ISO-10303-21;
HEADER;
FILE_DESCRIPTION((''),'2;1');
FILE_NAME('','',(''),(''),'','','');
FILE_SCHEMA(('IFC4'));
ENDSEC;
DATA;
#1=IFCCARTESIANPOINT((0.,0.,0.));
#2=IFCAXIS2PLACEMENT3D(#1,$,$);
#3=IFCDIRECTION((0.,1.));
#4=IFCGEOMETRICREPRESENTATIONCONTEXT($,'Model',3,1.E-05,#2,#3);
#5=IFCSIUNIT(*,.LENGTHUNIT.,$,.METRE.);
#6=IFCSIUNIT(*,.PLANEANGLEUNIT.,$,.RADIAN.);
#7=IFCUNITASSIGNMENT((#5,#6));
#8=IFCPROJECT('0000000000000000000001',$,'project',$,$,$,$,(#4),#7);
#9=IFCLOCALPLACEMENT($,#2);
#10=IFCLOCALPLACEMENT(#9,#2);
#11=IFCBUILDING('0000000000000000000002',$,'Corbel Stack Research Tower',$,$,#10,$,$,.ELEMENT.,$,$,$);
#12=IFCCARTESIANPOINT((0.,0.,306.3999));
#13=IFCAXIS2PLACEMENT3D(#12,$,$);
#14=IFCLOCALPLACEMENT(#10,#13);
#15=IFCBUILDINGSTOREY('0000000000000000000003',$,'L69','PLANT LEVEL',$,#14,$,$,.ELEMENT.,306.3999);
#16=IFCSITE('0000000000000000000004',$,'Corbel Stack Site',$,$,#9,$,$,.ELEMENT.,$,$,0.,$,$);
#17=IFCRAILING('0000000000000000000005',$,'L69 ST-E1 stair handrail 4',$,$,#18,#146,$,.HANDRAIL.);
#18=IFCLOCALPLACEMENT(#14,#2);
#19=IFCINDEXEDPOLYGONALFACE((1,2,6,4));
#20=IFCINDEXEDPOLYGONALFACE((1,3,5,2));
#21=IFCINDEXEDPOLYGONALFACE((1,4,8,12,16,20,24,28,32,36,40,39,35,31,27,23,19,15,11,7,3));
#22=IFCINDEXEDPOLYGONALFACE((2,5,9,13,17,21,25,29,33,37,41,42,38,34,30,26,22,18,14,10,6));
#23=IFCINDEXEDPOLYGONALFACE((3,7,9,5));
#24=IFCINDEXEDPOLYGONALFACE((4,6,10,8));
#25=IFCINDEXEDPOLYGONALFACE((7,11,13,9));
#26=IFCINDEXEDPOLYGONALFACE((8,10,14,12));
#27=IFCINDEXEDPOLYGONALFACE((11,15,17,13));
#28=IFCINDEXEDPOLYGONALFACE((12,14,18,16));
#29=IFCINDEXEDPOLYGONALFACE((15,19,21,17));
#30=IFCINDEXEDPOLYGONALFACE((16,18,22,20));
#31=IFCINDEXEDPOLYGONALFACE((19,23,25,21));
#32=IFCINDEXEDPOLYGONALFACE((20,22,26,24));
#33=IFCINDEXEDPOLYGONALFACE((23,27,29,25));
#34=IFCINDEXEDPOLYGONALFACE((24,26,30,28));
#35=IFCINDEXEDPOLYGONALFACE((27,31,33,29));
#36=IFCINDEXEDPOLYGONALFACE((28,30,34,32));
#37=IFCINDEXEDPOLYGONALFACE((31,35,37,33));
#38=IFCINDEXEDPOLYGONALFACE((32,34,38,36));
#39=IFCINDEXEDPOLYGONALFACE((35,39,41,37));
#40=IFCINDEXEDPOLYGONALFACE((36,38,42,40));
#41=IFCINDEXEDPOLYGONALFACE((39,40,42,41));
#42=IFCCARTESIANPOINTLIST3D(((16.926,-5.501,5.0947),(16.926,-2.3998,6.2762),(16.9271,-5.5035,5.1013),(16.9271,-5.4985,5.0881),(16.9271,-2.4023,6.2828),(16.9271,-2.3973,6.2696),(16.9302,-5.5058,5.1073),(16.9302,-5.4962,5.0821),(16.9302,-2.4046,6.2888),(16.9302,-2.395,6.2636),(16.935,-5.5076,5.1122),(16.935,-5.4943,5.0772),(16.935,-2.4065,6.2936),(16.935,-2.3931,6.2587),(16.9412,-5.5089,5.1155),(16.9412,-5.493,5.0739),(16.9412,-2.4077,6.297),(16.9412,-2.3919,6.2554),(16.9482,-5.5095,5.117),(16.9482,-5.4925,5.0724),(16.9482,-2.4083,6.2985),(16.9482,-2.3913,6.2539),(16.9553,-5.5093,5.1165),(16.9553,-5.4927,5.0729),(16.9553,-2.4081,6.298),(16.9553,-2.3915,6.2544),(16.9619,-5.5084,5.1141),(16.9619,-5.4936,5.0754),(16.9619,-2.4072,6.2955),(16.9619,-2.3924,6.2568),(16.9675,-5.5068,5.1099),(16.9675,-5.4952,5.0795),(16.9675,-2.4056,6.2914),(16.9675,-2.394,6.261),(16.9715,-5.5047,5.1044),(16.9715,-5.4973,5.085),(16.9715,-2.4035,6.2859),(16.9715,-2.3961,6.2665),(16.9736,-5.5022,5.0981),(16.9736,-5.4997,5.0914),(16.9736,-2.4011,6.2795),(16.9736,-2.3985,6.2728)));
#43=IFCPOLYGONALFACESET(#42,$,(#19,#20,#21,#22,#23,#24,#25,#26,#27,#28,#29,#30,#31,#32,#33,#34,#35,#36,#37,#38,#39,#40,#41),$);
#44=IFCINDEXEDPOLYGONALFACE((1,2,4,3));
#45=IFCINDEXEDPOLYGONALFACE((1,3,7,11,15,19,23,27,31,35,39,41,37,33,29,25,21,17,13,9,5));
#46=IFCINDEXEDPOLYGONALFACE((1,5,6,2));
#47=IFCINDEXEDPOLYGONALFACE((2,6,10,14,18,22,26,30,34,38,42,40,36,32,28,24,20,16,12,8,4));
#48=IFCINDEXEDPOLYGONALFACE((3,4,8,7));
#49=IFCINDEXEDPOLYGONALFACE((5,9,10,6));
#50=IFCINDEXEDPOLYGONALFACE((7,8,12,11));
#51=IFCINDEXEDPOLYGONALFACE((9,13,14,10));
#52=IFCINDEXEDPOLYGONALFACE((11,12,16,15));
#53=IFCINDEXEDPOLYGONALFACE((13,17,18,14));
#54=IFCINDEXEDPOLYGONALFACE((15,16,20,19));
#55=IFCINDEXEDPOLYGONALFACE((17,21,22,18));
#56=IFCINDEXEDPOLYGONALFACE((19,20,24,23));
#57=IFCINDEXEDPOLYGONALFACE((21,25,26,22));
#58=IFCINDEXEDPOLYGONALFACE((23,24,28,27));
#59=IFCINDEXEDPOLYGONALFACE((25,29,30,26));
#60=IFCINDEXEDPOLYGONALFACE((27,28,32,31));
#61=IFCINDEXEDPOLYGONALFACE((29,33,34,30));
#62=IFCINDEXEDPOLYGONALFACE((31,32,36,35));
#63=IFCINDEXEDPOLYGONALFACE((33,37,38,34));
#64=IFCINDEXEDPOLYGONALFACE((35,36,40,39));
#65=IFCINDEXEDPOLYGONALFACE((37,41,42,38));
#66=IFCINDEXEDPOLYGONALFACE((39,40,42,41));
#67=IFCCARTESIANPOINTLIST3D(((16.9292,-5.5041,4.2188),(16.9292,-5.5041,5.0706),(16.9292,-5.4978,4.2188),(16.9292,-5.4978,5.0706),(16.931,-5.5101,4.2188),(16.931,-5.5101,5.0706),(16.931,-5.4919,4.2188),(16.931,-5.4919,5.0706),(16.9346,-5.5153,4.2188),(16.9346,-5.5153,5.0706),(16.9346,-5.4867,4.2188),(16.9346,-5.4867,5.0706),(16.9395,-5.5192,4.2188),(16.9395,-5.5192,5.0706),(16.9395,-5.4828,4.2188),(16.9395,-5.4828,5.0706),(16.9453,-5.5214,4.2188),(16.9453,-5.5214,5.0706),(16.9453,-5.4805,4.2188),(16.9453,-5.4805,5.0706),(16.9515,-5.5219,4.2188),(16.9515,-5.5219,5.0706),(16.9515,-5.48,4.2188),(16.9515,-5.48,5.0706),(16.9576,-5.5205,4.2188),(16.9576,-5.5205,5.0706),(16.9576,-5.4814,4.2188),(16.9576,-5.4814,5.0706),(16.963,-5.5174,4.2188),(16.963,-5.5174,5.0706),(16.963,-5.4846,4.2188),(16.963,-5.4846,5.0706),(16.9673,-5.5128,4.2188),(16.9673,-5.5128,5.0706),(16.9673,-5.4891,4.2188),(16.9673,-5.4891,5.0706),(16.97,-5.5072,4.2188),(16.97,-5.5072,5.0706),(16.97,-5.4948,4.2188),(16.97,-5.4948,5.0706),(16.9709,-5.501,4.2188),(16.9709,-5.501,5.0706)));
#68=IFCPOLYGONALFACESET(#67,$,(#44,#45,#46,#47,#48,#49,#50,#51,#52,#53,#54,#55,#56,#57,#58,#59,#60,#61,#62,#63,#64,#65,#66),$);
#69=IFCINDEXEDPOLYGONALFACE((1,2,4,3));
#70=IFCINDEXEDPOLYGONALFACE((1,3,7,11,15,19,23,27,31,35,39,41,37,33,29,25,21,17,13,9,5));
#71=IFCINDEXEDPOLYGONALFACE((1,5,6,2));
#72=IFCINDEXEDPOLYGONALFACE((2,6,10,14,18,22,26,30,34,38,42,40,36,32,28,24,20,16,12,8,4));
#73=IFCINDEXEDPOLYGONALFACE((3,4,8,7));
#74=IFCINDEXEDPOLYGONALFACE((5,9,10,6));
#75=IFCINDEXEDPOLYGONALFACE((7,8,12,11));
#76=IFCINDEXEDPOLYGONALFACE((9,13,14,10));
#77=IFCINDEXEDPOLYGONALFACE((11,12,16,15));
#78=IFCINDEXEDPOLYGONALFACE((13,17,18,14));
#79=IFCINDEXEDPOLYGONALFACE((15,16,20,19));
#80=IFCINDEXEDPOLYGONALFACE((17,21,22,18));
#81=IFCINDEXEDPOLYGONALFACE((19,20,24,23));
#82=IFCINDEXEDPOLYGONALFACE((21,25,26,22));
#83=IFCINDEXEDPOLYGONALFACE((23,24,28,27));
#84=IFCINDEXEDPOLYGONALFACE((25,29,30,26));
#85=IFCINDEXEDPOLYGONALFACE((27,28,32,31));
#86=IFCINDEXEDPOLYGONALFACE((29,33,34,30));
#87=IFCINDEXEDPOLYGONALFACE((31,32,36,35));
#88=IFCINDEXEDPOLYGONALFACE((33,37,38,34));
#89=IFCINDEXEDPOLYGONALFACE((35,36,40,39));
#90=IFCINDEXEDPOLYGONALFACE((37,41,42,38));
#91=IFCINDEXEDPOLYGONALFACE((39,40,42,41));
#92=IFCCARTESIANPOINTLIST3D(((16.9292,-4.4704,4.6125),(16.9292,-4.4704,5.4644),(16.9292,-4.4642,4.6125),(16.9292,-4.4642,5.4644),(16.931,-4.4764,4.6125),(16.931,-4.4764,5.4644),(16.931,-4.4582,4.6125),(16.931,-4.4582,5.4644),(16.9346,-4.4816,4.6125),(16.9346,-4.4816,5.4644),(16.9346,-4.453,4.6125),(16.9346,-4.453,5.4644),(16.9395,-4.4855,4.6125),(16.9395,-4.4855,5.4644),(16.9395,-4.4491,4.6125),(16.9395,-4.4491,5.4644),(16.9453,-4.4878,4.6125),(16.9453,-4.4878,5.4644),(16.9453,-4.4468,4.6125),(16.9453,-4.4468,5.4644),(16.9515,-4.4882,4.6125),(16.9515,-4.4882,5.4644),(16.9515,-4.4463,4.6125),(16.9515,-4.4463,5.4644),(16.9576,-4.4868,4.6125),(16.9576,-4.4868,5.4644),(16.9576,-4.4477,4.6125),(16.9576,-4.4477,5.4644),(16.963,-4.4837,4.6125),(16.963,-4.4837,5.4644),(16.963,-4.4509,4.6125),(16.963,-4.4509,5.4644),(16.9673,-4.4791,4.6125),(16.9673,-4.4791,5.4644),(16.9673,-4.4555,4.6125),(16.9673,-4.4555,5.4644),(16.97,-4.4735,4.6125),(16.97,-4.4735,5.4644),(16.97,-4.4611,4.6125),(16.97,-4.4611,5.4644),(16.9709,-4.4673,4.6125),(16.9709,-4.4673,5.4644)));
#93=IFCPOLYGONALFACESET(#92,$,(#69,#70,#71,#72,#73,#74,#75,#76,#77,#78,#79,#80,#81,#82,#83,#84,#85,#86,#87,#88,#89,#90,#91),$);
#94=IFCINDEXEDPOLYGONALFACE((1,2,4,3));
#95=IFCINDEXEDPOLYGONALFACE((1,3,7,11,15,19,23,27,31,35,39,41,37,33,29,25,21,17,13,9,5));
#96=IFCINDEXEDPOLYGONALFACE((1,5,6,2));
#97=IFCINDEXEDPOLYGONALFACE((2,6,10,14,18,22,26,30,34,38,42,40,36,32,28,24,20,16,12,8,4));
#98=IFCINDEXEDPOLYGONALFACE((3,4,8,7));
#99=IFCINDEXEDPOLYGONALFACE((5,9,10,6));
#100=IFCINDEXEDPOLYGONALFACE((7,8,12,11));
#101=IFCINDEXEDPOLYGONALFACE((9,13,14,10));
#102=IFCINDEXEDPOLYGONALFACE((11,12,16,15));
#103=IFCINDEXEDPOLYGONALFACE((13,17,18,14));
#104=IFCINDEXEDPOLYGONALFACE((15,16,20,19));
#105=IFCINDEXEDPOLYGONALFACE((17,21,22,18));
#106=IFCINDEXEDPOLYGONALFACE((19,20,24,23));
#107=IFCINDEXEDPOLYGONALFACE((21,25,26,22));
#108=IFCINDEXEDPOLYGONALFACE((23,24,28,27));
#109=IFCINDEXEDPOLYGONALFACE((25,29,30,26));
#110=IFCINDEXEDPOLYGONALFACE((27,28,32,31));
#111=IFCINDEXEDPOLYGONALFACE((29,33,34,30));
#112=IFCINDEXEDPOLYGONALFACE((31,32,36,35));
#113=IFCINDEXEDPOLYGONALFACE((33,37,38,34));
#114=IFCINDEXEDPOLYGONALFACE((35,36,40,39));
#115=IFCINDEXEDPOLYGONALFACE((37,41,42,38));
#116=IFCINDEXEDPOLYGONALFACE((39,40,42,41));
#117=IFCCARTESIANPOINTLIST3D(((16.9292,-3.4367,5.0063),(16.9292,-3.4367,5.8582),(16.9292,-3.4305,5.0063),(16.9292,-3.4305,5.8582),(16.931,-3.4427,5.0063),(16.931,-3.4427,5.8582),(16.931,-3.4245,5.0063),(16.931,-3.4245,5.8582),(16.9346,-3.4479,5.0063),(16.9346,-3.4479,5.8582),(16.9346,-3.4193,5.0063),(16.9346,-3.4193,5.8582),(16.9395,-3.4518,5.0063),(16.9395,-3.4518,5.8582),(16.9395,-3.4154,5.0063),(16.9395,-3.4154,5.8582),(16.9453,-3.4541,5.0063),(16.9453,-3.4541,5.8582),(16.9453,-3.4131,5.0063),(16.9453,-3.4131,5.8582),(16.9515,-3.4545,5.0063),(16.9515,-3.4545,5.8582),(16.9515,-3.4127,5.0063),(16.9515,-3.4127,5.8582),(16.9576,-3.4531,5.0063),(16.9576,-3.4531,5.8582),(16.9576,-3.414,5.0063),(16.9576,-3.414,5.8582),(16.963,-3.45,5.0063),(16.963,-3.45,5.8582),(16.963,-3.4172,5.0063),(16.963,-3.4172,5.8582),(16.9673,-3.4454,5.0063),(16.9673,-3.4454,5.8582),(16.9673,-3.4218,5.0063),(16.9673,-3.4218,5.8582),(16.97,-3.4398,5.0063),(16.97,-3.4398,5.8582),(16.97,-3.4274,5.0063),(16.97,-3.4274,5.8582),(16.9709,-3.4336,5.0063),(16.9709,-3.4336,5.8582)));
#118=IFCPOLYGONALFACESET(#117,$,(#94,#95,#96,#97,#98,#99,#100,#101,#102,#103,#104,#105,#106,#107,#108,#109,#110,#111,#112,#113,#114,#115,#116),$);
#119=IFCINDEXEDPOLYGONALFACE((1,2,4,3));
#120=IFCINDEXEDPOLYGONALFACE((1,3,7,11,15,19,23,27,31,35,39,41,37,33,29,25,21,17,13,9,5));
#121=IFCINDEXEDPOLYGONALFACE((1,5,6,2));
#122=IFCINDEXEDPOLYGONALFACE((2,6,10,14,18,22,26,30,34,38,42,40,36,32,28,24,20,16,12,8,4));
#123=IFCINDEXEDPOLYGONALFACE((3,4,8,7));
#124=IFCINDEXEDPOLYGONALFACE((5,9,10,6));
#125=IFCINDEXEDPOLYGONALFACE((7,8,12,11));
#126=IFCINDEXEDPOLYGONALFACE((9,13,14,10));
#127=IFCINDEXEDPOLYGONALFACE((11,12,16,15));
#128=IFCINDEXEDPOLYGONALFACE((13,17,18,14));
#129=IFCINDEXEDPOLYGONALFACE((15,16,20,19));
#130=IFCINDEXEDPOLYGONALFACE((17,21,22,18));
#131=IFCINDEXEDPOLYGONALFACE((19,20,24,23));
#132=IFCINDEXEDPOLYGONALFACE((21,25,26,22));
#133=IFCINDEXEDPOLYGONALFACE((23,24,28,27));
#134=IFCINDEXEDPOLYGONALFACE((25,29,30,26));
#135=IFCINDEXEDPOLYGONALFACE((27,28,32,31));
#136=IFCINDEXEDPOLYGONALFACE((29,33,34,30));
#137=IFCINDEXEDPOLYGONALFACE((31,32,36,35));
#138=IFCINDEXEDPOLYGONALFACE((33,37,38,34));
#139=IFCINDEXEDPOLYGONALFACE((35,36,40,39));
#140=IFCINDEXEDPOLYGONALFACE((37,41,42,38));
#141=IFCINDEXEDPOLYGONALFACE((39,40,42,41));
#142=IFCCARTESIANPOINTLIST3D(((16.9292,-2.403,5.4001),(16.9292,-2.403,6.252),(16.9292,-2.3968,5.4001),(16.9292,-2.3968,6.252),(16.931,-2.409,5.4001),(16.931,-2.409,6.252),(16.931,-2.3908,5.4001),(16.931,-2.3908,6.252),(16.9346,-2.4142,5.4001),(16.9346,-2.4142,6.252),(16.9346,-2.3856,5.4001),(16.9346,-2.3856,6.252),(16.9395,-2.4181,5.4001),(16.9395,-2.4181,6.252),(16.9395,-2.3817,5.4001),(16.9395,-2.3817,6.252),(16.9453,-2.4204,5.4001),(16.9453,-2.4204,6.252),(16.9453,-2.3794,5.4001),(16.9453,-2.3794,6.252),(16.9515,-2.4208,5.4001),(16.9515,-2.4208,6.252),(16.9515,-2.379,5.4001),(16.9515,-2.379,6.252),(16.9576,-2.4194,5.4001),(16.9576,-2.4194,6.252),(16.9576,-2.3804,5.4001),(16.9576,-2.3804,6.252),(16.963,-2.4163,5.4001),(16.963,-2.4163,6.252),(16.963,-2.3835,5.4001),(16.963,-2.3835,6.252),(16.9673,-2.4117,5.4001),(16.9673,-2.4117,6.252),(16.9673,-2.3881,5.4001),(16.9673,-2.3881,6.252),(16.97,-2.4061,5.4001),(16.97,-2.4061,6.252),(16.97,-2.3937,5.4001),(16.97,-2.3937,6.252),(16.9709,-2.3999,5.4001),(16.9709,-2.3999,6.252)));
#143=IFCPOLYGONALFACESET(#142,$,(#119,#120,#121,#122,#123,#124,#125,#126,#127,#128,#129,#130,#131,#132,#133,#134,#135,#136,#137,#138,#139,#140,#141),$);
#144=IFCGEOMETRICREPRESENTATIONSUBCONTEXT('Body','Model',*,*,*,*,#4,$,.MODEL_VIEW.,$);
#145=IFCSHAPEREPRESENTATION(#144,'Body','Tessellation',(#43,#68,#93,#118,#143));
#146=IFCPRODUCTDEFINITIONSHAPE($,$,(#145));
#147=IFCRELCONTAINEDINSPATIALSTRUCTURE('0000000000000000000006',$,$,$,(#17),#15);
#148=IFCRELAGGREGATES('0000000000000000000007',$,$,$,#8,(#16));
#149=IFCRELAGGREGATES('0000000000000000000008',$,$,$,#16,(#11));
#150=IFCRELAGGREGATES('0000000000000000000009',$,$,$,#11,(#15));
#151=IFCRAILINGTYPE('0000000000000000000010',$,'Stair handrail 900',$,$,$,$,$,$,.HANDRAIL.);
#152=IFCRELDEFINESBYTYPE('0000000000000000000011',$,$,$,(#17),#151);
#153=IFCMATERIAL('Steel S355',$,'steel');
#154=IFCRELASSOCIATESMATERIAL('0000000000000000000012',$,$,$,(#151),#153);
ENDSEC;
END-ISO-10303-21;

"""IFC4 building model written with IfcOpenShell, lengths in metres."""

from ifc_helpers import new_model, si_unit, direction, frame, origin, origin_2d, place, context, subcontext, project, spatial, circle, extrude, material, type_object, element, save


model = new_model("IFC4")

# Units and contexts
model_context = context("Model", 3, precision=1e-05, world=origin(), true_north=direction((0.0, 1.0)))
body_context = subcontext(model_context, "Body", "Model", "MODEL_VIEW")
ifc_project = project(units=[si_unit("LENGTHUNIT", "METRE"), si_unit("PLANEANGLEUNIT", "RADIAN")], contexts=[model_context])

# Site, building, storey
site_placement = place(None, origin())
site = spatial("IfcSite", under=ifc_project, at=site_placement, Name="Corbel Stack Site", CompositionType="ELEMENT", RefElevation=0.0)
building_placement = place(site_placement, origin())
building = spatial("IfcBuilding", under=site, at=building_placement, Name="Corbel Stack Research Tower", CompositionType="ELEMENT")
storey_placement = place(building_placement, frame((0.0, 0.0, 306.3999)))
storey = spatial("IfcBuildingStorey", under=building, at=storey_placement, Name="L69", Description="PLANT LEVEL", CompositionType="ELEMENT", Elevation=306.3999)

# Railing
ifc_material_1 = material(Name="Steel S355", Category="steel")
railing_type_1 = type_object("IfcRailingType", Name="Stair handrail 900", PredefinedType="HANDRAIL", material=ifc_material_1)
railing_1_placement = place(storey_placement, frame((16.95, -5.501, 4.2188)))
element("IfcRailing", 1, at=railing_1_placement, inside=storey, type_object=railing_type_1, Name="L69 ST-E1 stair handrail 4", PredefinedType="HANDRAIL", context=body_context, shape_type="SweptSolid", body=[
    extrude(circle(Radius=0.0239, at=origin_2d()), frame((0.0, 0.0, 0.876), z_axis=(0.0, 0.934484, 0.356005), x_axis=(-1.0, 0.0, 0.0)), (0.0, 0.0, 1.0), 3.3186),
    extrude(circle(Radius=0.021, at=origin_2d()), origin(), (0.0, 0.0, 1.0), 0.8518),
    extrude(circle(Radius=0.021, at=origin_2d()), frame((0.0, 1.0337, 0.3938)), (0.0, 0.0, 1.0), 0.8518),
    extrude(circle(Radius=0.021, at=origin_2d()), frame((0.0, 2.0674, 0.7876)), (0.0, 0.0, 1.0), 0.8518),
    extrude(circle(Radius=0.021, at=origin_2d()), frame((0.0, 3.1011, 1.1814)), (0.0, 0.0, 1.0), 0.8518),
])

save(model, "model.ifc")
